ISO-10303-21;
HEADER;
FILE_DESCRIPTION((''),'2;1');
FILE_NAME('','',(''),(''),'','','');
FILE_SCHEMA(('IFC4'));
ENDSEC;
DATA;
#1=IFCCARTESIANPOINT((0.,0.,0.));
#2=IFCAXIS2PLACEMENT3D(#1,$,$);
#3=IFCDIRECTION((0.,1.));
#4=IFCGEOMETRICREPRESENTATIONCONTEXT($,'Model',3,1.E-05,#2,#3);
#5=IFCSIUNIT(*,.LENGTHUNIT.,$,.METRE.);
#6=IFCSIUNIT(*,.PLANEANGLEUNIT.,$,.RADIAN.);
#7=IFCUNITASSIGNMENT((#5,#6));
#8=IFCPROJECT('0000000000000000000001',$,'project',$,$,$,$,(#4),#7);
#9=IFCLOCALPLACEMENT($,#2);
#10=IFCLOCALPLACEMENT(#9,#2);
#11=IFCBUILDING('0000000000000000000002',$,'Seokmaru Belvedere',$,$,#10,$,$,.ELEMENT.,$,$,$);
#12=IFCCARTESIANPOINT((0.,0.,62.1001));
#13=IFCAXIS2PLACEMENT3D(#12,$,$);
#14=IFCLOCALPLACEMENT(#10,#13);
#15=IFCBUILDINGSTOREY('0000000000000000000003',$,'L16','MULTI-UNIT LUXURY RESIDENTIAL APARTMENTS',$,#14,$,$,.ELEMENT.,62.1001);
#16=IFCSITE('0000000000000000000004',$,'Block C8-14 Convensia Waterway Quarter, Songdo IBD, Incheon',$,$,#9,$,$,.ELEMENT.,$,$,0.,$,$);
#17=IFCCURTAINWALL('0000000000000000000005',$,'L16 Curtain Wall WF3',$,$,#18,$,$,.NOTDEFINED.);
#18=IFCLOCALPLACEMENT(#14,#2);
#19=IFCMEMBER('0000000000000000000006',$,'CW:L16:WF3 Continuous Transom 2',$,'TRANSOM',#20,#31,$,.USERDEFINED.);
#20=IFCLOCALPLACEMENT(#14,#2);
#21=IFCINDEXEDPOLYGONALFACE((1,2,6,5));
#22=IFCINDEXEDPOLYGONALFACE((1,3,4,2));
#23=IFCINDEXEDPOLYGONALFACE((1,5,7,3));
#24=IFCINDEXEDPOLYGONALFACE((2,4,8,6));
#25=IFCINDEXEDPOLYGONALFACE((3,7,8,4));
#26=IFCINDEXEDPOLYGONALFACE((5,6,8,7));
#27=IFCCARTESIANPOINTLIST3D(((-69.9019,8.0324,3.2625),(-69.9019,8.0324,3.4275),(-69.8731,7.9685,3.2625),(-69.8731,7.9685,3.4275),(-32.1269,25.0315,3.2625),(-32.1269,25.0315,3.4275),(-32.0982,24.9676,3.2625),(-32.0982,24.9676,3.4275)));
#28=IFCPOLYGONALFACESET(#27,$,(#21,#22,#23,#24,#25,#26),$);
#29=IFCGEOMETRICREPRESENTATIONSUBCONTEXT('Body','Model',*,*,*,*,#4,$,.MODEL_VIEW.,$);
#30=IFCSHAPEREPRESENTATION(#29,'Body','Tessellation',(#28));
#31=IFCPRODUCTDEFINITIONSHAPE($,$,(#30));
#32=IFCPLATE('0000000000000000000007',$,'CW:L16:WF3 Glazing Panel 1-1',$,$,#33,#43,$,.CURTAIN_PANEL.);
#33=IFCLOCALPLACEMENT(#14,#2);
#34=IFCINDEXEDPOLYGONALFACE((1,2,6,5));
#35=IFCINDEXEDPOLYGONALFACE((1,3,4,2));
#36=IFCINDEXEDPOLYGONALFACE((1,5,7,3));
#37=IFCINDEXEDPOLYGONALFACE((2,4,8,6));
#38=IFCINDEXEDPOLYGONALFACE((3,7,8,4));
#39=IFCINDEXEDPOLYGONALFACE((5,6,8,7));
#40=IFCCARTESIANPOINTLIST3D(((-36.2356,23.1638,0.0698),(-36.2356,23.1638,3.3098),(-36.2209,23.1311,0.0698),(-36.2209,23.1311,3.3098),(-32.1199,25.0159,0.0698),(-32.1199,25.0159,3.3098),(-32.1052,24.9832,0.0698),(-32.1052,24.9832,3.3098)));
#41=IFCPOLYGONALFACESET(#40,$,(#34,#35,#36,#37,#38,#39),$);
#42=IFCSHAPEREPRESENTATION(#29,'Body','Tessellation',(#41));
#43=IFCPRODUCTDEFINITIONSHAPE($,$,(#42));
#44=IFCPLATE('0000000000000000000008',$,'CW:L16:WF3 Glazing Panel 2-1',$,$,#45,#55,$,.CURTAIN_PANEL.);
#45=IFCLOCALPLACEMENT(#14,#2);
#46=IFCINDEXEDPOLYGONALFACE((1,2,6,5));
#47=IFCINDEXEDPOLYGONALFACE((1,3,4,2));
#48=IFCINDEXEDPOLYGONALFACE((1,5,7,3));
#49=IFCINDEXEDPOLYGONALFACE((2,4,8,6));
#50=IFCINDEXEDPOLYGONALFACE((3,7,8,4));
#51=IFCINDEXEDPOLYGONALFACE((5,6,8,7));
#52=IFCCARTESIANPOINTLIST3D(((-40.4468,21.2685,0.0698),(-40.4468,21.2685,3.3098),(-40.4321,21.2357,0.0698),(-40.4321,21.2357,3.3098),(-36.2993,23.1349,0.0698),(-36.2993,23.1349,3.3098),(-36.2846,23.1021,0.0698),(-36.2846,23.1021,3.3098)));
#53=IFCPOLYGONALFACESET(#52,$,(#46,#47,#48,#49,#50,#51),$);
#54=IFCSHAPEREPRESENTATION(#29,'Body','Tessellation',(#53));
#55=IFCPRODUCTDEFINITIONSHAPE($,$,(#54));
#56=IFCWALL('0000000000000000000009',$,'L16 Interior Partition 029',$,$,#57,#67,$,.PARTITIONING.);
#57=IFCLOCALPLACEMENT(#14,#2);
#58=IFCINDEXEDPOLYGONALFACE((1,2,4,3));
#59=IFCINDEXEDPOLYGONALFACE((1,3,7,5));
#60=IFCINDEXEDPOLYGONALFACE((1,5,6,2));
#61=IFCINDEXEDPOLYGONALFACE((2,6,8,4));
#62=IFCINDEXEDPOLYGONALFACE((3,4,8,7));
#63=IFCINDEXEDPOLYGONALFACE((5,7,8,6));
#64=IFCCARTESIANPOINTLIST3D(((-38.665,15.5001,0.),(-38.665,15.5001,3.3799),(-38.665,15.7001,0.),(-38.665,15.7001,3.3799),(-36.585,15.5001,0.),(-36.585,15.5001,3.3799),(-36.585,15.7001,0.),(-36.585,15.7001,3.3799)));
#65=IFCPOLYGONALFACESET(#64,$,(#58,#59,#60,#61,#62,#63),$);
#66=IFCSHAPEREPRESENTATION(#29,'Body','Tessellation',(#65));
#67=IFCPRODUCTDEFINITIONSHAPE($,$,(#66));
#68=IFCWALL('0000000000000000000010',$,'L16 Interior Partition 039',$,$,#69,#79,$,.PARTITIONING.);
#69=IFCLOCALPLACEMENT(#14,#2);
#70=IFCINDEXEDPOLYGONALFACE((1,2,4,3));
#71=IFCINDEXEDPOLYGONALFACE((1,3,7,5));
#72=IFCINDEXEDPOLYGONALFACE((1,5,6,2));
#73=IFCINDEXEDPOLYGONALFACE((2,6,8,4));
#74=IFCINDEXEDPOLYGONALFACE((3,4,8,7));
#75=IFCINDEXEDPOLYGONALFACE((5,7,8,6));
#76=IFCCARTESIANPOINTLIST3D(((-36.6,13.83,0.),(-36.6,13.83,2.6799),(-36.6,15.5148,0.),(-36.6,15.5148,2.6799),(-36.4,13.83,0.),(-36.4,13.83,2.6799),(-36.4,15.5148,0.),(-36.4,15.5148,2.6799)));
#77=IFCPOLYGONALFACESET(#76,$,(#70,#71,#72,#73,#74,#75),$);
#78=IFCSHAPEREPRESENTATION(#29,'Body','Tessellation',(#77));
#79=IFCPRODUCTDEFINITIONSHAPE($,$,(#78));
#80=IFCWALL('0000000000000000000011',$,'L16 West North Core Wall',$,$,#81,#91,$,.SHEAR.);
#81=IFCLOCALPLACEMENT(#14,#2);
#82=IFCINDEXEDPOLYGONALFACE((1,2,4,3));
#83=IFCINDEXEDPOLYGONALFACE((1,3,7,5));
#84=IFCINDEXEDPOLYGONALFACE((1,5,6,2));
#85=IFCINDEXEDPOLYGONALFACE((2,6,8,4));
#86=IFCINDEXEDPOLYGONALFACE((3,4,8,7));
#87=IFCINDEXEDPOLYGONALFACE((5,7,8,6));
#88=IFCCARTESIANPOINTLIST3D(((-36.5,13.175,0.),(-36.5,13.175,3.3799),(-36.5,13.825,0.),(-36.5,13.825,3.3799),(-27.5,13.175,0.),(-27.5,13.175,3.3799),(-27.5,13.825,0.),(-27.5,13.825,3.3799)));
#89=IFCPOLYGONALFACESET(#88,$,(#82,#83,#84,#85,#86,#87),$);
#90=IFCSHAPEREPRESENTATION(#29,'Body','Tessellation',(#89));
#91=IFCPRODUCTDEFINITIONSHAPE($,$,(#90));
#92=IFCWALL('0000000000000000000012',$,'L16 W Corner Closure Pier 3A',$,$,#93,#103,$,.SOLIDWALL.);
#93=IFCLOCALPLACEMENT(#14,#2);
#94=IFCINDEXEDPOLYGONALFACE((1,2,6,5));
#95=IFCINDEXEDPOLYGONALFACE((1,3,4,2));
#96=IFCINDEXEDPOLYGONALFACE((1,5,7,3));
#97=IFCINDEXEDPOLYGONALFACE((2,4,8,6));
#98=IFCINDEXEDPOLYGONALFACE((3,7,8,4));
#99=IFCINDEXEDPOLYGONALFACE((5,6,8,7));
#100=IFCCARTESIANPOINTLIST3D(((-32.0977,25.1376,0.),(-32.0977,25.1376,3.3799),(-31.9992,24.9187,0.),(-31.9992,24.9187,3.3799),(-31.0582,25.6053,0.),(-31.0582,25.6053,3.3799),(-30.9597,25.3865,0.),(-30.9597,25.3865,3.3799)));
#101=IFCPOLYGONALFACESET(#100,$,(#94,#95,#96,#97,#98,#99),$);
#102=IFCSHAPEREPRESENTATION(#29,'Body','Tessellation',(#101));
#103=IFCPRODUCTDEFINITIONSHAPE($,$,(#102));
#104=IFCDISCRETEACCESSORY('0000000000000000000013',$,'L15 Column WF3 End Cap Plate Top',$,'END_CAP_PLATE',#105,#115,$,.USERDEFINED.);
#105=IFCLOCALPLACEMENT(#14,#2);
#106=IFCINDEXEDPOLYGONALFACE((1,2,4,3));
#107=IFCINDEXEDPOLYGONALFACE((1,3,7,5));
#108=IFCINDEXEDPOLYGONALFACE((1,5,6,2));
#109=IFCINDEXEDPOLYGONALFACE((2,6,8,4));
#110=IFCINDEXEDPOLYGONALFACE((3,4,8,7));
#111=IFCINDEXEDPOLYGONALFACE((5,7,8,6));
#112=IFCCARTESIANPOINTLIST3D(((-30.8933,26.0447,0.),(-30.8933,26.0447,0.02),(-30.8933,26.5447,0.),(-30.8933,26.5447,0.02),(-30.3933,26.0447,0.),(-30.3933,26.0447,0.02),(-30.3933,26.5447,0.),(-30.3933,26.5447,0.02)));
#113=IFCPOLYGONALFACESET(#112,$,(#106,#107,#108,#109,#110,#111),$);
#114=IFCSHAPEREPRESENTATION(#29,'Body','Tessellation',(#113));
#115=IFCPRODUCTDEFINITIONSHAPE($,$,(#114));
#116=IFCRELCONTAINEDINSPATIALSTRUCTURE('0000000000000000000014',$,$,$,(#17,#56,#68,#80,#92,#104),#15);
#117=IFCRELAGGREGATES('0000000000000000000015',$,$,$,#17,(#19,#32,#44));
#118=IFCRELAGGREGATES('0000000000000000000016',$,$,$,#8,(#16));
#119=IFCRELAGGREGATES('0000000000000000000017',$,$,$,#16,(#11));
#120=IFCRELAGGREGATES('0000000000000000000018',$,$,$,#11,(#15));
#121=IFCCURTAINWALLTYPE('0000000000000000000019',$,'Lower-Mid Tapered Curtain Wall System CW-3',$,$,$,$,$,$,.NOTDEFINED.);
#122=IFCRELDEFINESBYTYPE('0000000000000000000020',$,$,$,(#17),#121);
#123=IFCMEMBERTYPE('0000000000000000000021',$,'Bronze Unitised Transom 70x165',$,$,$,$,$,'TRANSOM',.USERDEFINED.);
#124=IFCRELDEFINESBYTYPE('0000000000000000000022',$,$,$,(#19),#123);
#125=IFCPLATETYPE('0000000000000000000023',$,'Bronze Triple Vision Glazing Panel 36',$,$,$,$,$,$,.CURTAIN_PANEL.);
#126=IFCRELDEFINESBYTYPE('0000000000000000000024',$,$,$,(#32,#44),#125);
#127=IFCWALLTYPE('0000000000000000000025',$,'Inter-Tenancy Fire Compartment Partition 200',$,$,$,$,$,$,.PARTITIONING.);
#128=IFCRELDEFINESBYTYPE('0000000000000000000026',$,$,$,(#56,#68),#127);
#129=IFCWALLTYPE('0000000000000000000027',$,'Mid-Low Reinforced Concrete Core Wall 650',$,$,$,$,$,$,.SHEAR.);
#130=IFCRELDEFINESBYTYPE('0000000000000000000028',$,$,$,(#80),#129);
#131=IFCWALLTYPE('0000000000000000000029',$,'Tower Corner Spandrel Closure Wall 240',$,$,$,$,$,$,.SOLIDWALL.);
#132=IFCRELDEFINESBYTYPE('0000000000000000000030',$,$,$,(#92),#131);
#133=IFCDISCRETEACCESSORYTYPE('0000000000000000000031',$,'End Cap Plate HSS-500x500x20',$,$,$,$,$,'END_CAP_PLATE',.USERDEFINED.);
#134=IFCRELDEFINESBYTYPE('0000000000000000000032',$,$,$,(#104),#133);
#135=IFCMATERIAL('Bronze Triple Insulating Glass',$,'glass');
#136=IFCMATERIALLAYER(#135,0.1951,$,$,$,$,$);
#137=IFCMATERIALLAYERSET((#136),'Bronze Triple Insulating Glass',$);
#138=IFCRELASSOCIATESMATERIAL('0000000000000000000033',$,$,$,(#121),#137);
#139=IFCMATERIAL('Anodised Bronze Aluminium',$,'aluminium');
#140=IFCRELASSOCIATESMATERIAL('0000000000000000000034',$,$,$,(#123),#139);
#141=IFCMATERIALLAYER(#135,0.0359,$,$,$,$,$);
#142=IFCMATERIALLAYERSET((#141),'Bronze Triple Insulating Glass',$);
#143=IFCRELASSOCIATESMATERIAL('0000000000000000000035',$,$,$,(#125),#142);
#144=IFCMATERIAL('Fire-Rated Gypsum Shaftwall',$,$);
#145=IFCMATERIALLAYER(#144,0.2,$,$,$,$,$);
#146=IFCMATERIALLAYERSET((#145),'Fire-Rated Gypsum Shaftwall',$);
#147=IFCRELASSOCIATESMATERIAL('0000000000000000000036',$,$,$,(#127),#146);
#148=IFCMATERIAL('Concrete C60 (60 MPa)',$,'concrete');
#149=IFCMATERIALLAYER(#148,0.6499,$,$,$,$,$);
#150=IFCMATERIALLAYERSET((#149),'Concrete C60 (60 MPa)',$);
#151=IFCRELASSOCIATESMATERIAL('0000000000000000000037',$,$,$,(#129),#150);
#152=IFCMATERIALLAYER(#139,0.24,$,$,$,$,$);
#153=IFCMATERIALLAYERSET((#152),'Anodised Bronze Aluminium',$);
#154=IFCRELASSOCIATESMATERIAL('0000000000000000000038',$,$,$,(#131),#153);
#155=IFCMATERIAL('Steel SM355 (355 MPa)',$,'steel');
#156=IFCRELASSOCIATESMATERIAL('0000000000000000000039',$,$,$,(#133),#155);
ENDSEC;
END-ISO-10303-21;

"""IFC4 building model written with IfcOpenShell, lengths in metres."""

from ifc_helpers import new_model, si_unit, direction, frame, frame_2d, origin, origin_2d, place, context, subcontext, project, spatial, rectangle, extrude, source, transform, mapped, material, layer, layer_set, material_profile, profile_set, type_object, type_shapes, element, aggregate, save


model = new_model("IFC4")

# Units and contexts
model_context = context("Model", 3, precision=1e-05, world=origin(), true_north=direction((0.0, 1.0)))
body_context = subcontext(model_context, "Body", "Model", "MODEL_VIEW")
ifc_project = project(units=[si_unit("LENGTHUNIT", "METRE"), si_unit("PLANEANGLEUNIT", "RADIAN")], contexts=[model_context])

# Site, building, storey
site_placement = place(None, origin())
site = spatial("IfcSite", under=ifc_project, at=site_placement, Name="Block C8-14 Convensia Waterway Quarter, Songdo IBD, Incheon", CompositionType="ELEMENT", RefElevation=0.0)
building_placement = place(site_placement, origin())
building = spatial("IfcBuilding", under=site, at=building_placement, Name="Seokmaru Belvedere", CompositionType="ELEMENT")
storey_placement = place(building_placement, frame((0.0, 0.0, 62.1001)))
storey = spatial("IfcBuildingStorey", under=building, at=storey_placement, Name="L16", Description="MULTI-UNIT LUXURY RESIDENTIAL APARTMENTS", CompositionType="ELEMENT", Elevation=62.1001)

# Shared definitions
ifc_material_1 = material(Name="Steel SM355 (355 MPa)", Category="steel")

# Curtain wall, member, plates
ifc_material_2 = material(Name="Bronze Triple Insulating Glass", Category="glass")
ifc_layer_1 = layer(ifc_material_2, 0.1951)
ifc_layer_set_1 = layer_set([ifc_layer_1], Name="Bronze Triple Insulating Glass")
curtain_wall_type = type_object("IfcCurtainWallType", Name="Lower-Mid Tapered Curtain Wall System CW-3", PredefinedType="NOTDEFINED", material=ifc_layer_set_1)
curtain_wall_placement = place(storey_placement, origin())
curtain_wall = element("IfcCurtainWall", 1, at=curtain_wall_placement, inside=storey, type_object=curtain_wall_type, Name="L16 Curtain Wall WF3", PredefinedType="NOTDEFINED")
ifc_material_3 = material(Name="Anodised Bronze Aluminium", Category="aluminium")
ifc_material_profile_1 = material_profile(ifc_material_3, rectangle(XDim=0.0701, YDim=0.165, at=origin_2d()), Name="CW-T-70x165")
ifc_profile_set_1 = profile_set([ifc_material_profile_1], Name="Anodised Bronze Aluminium")
member_type_1 = type_object("IfcMemberType", Name="Bronze Unitised Transom 70x165", ElementType="TRANSOM", PredefinedType="USERDEFINED", material=ifc_profile_set_1)
shared_shape_1 = source(origin(), body_context, "Body", "SweptSolid", [
    extrude(rectangle(XDim=0.0701, YDim=0.165, at=origin_2d()), origin(), (0.0, 0.0, 1.0), 41.4236),
])
type_shapes(member_type_1, [shared_shape_1])
member_1_placement = place(storey_placement, frame((-32.1125, 24.9995, 3.345), z_axis=(-0.911919, -0.410371, 0.0), x_axis=(0.410371, -0.911919, 0.0)))
member_1 = element("IfcMember", 2, at=member_1_placement, type_object=member_type_1, Name="CW:L16:WF3 Continuous Transom 2", ObjectType="TRANSOM", PredefinedType="USERDEFINED", context=body_context, shape_type="MappedRepresentation", body=[
    mapped(shared_shape_1, transform((0.0, 0.0, 0.0), scale=1.0)),
])
ifc_layer_2 = layer(ifc_material_2, 0.0359)
ifc_layer_set_2 = layer_set([ifc_layer_2], Name="Bronze Triple Insulating Glass")
plate_type = type_object("IfcPlateType", Name="Bronze Triple Vision Glazing Panel 36", PredefinedType="CURTAIN_PANEL", material=ifc_layer_set_2)
shared_shape_2 = source(origin(), body_context, "Body", "SweptSolid", [
    extrude(rectangle(XDim=4.5132, YDim=0.0359, at=origin_2d()), origin(), (0.0, 0.0, 1.0), 3.24),
])
plate_1_placement = place(storey_placement, frame((-34.1704, 24.0735, 0.0698), z_axis=(0.0, 0.0, 1.0), x_axis=(-0.911921, -0.410366, 0.0)))
plate_1 = element("IfcPlate", 3, at=plate_1_placement, type_object=plate_type, Name="CW:L16:WF3 Glazing Panel 1-1", PredefinedType="CURTAIN_PANEL", context=body_context, shape_type="MappedRepresentation", body=[
    mapped(shared_shape_2, transform((0.0, 0.0, 0.0), scale=1.0)),
])
shared_shape_3 = source(origin(), body_context, "Body", "SweptSolid", [
    extrude(rectangle(XDim=4.5481, YDim=0.0359, at=origin_2d()), origin(), (0.0, 0.0, 1.0), 3.24),
])
type_shapes(plate_type, [shared_shape_2, shared_shape_3])
plate_2_placement = place(storey_placement, frame((-38.3657, 22.1853, 0.0698), z_axis=(0.0, 0.0, 1.0), x_axis=(-0.911921, -0.410366, 0.0)))
plate_2 = element("IfcPlate", 4, at=plate_2_placement, type_object=plate_type, Name="CW:L16:WF3 Glazing Panel 2-1", PredefinedType="CURTAIN_PANEL", context=body_context, shape_type="MappedRepresentation", body=[
    mapped(shared_shape_3, transform((0.0, 0.0, 0.0), scale=1.0)),
])
aggregate(curtain_wall, [member_1, plate_1, plate_2])

# Walls
ifc_material_4 = material(Name="Fire-Rated Gypsum Shaftwall")
ifc_layer_3 = layer(ifc_material_4, 0.2)
ifc_layer_set_3 = layer_set([ifc_layer_3], Name="Fire-Rated Gypsum Shaftwall")
wall_type_1 = type_object("IfcWallType", Name="Inter-Tenancy Fire Compartment Partition 200", PredefinedType="PARTITIONING", material=ifc_layer_set_3)
wall_1_placement = place(storey_placement, frame((-38.665, 15.6001, 0.0), z_axis=(0.0, 0.0, 1.0), x_axis=(1.0, 0.0, 0.0)))
element("IfcWall", 5, at=wall_1_placement, inside=storey, type_object=wall_type_1, Name="L16 Interior Partition 029", PredefinedType="PARTITIONING", context=body_context, shape_type="SweptSolid", body=[
    extrude(rectangle(XDim=2.0801, YDim=0.2, at=frame_2d((1.04, 0.0))), origin(), (0.0, 0.0, 1.0), 3.3799),
])
wall_2_placement = place(storey_placement, frame((-36.5, 13.8301, 0.0), z_axis=(0.0, 0.0, 1.0), x_axis=(0.0, 1.0, 0.0)))
element("IfcWall", 6, at=wall_2_placement, inside=storey, type_object=wall_type_1, Name="L16 Interior Partition 039", PredefinedType="PARTITIONING", context=body_context, shape_type="SweptSolid", body=[
    extrude(rectangle(XDim=1.6848, YDim=0.2, at=frame_2d((0.8423, 0.0))), origin(), (0.0, 0.0, 1.0), 2.6799),
])
ifc_material_5 = material(Name="Concrete C60 (60 MPa)", Category="concrete")
ifc_layer_4 = layer(ifc_material_5, 0.6499)
ifc_layer_set_4 = layer_set([ifc_layer_4], Name="Concrete C60 (60 MPa)")
wall_type_2 = type_object("IfcWallType", Name="Mid-Low Reinforced Concrete Core Wall 650", PredefinedType="SHEAR", material=ifc_layer_set_4)
wall_3_placement = place(storey_placement, frame((-36.5, 13.5, 0.0), z_axis=(0.0, 0.0, 1.0), x_axis=(1.0, 0.0, 0.0)))
element("IfcWall", 7, at=wall_3_placement, inside=storey, type_object=wall_type_2, Name="L16 West North Core Wall", PredefinedType="SHEAR", context=body_context, shape_type="SweptSolid", body=[
    extrude(rectangle(XDim=9.0, YDim=0.6499, at=frame_2d((4.5, 0.0))), origin(), (0.0, 0.0, 1.0), 3.3799),
])
ifc_layer_5 = layer(ifc_material_3, 0.24)
ifc_layer_set_5 = layer_set([ifc_layer_5], Name="Anodised Bronze Aluminium")
wall_type_3 = type_object("IfcWallType", Name="Tower Corner Spandrel Closure Wall 240", PredefinedType="SOLIDWALL", material=ifc_layer_set_5)
wall_4_placement = place(storey_placement, frame((-31.009, 25.4958, 0.0), z_axis=(0.0, 0.0, 1.0), x_axis=(-0.91193, -0.410347, 0.0)))
element("IfcWall", 8, at=wall_4_placement, inside=storey, type_object=wall_type_3, Name="L16 W Corner Closure Pier 3A", PredefinedType="SOLIDWALL", context=body_context, shape_type="SweptSolid", body=[
    extrude(rectangle(XDim=1.1399, YDim=0.24, at=frame_2d((0.5698, 0.0))), origin(), (0.0, 0.0, 1.0), 3.3799),
])

# Discrete accessory
discrete_accessory_type = type_object("IfcDiscreteAccessoryType", Name="End Cap Plate HSS-500x500x20", ElementType="END_CAP_PLATE", PredefinedType="USERDEFINED", material=ifc_material_1)
shared_shape_4 = source(origin(), body_context, "Body", "SweptSolid", [
    extrude(rectangle(XDim=0.5, YDim=0.5, at=origin_2d()), origin(), (0.0, 0.0, 1.0), 0.02),
])
type_shapes(discrete_accessory_type, [shared_shape_4])
discrete_accessory_placement = place(storey_placement, frame((-30.6433, 26.2947, 0.0), z_axis=(0.0, 0.0, 1.0), x_axis=(1.0, 0.0, 0.0)))
element("IfcDiscreteAccessory", 9, at=discrete_accessory_placement, inside=storey, type_object=discrete_accessory_type, Name="L15 Column WF3 End Cap Plate Top", ObjectType="END_CAP_PLATE", PredefinedType="USERDEFINED", context=body_context, shape_type="MappedRepresentation", body=[
    mapped(shared_shape_4, transform((0.0, 0.0, 0.0), scale=1.0)),
])

save(model, "model.ifc")
